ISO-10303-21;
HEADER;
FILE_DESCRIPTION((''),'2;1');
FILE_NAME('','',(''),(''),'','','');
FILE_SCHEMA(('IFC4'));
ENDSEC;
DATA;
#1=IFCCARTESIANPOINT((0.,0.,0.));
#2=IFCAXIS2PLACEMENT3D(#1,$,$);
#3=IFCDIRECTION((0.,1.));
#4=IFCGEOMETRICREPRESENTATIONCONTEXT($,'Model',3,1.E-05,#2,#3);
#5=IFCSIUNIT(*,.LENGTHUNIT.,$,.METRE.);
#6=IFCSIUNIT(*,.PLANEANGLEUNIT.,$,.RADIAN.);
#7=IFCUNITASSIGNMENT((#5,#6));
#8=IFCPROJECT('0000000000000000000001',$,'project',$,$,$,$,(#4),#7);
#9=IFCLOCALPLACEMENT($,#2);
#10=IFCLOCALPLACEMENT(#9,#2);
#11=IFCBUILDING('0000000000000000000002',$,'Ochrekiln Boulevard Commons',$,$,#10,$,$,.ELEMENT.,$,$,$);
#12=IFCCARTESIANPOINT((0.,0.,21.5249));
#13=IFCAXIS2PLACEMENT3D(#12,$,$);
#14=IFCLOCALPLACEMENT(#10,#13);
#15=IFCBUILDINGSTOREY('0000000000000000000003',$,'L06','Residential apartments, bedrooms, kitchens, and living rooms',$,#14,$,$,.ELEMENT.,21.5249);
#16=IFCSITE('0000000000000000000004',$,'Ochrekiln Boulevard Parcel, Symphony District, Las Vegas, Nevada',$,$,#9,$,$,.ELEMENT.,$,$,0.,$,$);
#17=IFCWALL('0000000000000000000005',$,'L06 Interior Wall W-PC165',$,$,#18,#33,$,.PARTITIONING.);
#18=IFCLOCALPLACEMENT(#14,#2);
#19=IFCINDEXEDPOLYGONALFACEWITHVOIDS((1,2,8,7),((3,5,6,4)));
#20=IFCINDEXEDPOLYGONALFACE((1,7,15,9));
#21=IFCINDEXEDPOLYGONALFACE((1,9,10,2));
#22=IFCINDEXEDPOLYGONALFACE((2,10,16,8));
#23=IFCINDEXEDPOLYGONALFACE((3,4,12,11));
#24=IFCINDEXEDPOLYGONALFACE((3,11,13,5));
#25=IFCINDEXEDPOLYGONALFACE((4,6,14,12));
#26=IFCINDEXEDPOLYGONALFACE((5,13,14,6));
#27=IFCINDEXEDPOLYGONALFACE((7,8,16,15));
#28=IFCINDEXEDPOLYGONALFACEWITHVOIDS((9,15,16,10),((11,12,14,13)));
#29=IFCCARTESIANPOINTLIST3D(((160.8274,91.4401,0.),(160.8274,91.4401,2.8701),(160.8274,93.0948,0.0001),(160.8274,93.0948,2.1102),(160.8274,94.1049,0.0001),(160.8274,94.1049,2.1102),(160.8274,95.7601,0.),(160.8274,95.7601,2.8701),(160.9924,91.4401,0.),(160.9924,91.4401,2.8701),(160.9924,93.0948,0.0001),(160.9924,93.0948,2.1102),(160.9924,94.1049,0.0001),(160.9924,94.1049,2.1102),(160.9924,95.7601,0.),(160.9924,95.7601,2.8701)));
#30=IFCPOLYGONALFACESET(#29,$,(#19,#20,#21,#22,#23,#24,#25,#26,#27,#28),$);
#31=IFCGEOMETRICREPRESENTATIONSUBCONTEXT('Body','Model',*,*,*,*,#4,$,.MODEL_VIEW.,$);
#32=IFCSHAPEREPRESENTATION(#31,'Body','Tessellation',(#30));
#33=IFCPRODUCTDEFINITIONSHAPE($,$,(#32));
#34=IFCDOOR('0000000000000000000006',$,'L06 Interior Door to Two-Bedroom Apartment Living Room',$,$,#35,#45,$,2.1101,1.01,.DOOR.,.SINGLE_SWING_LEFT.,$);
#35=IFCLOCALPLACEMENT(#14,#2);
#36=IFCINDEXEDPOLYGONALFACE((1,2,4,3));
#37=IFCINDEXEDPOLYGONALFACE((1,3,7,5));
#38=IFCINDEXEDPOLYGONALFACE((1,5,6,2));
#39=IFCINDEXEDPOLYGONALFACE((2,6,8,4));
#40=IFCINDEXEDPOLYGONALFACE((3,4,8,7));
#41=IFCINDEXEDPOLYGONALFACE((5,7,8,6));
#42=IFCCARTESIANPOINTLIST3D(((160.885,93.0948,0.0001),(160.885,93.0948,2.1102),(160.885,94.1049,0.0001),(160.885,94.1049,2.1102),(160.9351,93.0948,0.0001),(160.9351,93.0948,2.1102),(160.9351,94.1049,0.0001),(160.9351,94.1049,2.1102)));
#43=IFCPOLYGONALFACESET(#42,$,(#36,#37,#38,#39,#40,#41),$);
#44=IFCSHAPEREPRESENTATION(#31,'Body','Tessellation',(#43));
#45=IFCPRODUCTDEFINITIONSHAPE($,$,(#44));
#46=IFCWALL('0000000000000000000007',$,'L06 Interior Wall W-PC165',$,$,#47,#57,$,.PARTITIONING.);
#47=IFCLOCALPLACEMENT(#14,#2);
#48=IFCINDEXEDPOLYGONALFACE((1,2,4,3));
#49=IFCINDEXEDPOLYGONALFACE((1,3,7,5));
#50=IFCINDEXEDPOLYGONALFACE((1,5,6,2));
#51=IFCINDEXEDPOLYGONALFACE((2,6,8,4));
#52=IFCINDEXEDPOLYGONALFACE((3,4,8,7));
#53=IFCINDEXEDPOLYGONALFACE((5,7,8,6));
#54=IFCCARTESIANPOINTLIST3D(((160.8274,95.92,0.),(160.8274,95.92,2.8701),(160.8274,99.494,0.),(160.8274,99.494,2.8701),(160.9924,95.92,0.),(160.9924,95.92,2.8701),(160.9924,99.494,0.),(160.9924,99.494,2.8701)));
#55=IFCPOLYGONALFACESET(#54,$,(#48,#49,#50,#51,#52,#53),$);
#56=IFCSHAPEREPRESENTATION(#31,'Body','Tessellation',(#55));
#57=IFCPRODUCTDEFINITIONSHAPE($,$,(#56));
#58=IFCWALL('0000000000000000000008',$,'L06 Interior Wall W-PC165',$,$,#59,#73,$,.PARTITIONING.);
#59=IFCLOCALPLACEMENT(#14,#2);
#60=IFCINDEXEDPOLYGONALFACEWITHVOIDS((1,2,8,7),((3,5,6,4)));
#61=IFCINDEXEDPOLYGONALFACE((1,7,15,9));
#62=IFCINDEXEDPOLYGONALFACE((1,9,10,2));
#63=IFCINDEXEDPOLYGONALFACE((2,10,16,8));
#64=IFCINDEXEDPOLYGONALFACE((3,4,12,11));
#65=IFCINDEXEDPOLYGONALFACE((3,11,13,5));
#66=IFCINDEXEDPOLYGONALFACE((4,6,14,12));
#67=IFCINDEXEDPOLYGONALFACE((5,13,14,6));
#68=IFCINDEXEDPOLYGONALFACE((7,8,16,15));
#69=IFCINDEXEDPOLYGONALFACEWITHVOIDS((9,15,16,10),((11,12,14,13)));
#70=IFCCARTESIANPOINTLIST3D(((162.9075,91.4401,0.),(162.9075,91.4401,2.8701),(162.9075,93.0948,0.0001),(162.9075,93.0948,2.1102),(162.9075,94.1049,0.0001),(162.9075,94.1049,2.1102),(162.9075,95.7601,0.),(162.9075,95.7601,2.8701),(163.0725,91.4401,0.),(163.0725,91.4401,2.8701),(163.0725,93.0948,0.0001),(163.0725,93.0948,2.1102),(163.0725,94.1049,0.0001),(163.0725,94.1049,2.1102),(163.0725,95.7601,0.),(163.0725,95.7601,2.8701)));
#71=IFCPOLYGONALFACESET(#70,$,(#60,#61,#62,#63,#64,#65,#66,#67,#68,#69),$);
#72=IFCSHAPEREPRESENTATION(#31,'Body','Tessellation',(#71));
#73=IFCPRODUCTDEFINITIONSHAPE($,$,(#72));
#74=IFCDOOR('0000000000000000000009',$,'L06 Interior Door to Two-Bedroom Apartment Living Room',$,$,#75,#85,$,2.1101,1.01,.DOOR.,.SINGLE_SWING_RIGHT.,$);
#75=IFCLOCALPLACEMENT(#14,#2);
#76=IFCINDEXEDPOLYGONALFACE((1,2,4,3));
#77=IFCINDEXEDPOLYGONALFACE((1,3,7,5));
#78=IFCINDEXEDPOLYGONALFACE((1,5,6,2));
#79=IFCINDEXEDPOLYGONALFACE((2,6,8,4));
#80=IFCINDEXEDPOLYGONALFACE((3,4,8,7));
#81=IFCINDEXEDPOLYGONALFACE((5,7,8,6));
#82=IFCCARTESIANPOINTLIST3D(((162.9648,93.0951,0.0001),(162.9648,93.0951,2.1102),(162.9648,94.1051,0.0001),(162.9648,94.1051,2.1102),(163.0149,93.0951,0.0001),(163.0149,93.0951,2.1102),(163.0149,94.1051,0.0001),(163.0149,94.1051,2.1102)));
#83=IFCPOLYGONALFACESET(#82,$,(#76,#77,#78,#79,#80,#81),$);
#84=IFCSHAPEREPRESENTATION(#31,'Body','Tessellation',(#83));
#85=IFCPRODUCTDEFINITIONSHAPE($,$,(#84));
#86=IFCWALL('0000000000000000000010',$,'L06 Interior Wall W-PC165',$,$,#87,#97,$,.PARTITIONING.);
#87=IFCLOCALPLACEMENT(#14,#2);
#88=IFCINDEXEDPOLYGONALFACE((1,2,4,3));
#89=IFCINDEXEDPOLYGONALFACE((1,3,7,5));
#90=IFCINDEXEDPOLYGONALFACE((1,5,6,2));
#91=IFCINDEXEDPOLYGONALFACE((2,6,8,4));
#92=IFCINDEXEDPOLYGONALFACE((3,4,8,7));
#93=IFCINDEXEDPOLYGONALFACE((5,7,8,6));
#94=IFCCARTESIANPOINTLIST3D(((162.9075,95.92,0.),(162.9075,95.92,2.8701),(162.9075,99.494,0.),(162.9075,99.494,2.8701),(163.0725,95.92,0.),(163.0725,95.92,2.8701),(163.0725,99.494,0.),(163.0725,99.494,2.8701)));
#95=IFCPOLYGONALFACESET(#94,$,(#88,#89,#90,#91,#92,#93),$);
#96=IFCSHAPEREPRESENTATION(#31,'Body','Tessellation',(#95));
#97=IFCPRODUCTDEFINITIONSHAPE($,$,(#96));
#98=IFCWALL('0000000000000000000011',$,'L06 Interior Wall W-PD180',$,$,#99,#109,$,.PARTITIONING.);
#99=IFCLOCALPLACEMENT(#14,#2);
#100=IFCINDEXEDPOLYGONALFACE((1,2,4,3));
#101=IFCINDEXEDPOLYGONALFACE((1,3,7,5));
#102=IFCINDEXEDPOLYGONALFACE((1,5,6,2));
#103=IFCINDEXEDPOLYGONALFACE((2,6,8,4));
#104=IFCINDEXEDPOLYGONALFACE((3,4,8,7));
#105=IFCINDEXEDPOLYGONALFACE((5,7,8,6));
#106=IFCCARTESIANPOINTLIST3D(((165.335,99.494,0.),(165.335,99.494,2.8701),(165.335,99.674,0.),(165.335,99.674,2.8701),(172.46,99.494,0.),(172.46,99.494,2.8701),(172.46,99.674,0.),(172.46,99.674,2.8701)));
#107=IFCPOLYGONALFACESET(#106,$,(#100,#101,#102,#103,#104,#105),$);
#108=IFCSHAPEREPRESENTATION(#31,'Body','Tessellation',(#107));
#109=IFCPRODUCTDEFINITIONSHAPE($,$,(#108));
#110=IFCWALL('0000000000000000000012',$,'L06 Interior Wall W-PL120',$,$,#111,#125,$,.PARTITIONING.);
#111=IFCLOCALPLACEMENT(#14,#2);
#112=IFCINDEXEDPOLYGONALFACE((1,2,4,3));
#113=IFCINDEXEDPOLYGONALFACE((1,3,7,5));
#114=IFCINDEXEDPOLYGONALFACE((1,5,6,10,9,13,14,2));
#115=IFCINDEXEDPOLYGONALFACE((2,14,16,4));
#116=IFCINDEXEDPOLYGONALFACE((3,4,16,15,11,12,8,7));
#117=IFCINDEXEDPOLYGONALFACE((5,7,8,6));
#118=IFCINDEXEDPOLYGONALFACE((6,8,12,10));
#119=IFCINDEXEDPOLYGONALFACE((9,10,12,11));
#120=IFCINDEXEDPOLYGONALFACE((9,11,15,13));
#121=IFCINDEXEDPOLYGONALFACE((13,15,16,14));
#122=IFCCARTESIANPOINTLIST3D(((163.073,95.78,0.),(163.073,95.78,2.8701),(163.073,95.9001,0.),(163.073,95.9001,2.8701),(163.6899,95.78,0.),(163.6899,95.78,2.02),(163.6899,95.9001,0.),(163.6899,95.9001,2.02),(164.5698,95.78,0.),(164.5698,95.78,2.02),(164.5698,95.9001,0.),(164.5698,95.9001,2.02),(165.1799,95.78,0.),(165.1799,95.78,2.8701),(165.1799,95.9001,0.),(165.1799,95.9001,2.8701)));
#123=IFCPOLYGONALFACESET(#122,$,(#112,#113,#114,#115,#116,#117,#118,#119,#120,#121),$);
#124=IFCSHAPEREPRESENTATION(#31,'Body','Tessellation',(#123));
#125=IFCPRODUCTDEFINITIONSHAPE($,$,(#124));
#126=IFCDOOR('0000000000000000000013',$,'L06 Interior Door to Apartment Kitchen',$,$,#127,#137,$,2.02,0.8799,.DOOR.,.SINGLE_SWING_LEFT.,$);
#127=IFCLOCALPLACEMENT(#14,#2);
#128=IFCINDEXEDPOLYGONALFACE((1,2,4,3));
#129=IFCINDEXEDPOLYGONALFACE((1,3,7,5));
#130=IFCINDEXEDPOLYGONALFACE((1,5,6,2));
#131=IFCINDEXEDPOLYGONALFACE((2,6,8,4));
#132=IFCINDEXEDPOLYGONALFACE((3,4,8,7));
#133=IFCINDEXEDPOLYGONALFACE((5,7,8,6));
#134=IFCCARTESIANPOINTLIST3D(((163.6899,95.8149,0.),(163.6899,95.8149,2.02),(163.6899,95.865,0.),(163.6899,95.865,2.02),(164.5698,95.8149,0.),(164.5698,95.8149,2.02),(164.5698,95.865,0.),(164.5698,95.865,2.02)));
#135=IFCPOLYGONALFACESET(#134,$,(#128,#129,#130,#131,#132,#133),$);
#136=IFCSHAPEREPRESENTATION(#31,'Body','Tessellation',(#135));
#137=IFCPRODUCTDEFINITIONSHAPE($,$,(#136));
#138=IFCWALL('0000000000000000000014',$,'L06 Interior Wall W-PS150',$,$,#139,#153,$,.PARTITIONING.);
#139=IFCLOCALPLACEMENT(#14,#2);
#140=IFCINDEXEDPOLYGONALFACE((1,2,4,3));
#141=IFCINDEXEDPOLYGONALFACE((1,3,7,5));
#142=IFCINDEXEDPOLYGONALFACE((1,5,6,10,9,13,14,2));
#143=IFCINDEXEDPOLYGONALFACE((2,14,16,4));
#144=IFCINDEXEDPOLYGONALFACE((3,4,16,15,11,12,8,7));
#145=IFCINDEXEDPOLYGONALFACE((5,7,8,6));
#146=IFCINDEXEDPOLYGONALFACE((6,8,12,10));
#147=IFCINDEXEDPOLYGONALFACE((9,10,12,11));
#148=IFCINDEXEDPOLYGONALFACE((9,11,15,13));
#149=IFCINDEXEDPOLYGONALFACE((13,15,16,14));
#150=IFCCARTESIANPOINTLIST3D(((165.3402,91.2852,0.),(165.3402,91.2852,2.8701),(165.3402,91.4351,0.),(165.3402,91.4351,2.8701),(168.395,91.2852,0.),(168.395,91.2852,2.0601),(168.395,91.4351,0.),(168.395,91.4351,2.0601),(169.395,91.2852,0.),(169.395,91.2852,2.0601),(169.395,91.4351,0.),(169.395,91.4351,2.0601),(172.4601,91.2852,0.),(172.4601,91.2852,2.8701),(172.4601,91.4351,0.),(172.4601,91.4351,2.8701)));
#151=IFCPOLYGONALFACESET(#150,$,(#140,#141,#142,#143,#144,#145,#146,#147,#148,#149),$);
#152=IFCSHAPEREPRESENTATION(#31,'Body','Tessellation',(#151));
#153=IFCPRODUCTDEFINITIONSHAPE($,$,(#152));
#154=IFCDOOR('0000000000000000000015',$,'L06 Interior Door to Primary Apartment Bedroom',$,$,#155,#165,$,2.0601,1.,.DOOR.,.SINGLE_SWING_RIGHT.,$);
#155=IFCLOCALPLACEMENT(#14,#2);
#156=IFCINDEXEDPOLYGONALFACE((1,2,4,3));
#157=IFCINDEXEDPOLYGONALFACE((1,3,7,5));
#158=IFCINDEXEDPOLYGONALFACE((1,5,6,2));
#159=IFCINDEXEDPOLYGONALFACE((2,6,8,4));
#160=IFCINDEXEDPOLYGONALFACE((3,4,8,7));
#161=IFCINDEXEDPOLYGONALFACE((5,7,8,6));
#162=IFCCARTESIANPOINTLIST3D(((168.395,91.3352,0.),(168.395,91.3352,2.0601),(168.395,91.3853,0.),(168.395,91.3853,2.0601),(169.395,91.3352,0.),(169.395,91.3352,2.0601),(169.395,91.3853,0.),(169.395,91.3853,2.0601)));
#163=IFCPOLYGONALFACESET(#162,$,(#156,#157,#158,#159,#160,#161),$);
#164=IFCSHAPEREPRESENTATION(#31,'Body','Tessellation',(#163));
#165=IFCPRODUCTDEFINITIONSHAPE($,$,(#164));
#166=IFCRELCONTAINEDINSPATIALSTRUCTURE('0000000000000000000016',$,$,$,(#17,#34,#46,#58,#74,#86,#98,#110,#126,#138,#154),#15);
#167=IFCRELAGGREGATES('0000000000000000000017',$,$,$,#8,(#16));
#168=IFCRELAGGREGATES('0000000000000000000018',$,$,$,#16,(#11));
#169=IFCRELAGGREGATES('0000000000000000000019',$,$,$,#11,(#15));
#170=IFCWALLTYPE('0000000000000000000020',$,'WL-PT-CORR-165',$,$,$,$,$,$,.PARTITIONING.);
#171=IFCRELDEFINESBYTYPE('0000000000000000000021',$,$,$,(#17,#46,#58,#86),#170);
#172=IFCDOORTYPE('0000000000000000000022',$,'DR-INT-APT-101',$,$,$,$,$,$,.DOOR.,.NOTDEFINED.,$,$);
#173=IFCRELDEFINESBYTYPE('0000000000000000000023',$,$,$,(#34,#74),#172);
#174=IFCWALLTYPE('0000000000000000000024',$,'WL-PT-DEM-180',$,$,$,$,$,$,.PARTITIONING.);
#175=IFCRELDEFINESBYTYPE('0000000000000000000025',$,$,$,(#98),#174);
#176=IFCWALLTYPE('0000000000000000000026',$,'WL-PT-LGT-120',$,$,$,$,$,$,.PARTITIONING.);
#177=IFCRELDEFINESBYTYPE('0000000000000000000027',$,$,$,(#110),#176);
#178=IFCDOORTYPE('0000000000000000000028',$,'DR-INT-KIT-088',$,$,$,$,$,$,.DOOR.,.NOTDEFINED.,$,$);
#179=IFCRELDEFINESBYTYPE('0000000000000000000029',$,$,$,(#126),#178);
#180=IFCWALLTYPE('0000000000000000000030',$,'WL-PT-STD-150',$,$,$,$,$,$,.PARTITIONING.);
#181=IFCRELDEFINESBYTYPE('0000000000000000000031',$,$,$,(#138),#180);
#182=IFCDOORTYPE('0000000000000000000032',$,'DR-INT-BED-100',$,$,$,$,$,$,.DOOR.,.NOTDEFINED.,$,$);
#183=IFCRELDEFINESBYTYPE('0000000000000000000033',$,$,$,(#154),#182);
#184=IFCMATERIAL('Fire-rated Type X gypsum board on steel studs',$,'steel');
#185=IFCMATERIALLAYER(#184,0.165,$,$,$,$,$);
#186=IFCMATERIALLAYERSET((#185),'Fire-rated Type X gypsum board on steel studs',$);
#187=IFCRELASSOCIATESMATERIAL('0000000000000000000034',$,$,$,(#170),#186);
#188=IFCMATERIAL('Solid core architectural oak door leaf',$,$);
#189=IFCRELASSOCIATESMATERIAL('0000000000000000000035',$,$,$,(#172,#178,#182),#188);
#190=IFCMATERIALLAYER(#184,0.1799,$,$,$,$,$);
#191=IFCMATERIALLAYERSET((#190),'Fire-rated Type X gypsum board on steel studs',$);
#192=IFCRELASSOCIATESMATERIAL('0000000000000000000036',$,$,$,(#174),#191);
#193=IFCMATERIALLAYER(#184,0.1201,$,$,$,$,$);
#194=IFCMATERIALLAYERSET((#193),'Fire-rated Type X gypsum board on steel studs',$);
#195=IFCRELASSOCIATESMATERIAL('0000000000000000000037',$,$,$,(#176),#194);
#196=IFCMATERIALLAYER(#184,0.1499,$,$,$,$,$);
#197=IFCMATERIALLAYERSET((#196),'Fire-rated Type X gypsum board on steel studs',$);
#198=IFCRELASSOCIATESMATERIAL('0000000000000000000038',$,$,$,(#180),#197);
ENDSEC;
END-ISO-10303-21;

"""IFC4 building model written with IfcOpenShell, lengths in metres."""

from ifc_helpers import new_model, si_unit, direction, frame, frame_2d, origin, place, context, subcontext, project, spatial, rectangle, extrude, material, layer, layer_set, type_object, element, fill, save


model = new_model("IFC4")

# Units and contexts
model_context = context("Model", 3, precision=1e-05, world=origin(), true_north=direction((0.0, 1.0)))
body_context = subcontext(model_context, "Body", "Model", "MODEL_VIEW")
ifc_project = project(units=[si_unit("LENGTHUNIT", "METRE"), si_unit("PLANEANGLEUNIT", "RADIAN")], contexts=[model_context])

# Site, building, storey
site_placement = place(None, origin())
site = spatial("IfcSite", under=ifc_project, at=site_placement, Name="Ochrekiln Boulevard Parcel, Symphony District, Las Vegas, Nevada", CompositionType="ELEMENT", RefElevation=0.0)
building_placement = place(site_placement, origin())
building = spatial("IfcBuilding", under=site, at=building_placement, Name="Ochrekiln Boulevard Commons", CompositionType="ELEMENT")
storey_placement = place(building_placement, frame((0.0, 0.0, 21.5249)))
storey = spatial("IfcBuildingStorey", under=building, at=storey_placement, Name="L06", Description="Residential apartments, bedrooms, kitchens, and living rooms", CompositionType="ELEMENT", Elevation=21.5249)

# Shared definitions
ifc_material_1 = material(Name="Solid core architectural oak door leaf")

# Wall, opening, door
ifc_material_2 = material(Name="Fire-rated Type X gypsum board on steel studs", Category="steel")
ifc_layer_1 = layer(ifc_material_2, 0.165)
ifc_layer_set_1 = layer_set([ifc_layer_1], Name="Fire-rated Type X gypsum board on steel studs")
wall_type_1 = type_object("IfcWallType", Name="WL-PT-CORR-165", PredefinedType="PARTITIONING", material=ifc_layer_set_1)
wall_1_placement = place(storey_placement, frame((160.9099, 91.4399, 0.0), z_axis=(0.0, 0.0, 1.0), x_axis=(0.0, 1.0, 0.0)))
wall_1 = element("IfcWall", 1, at=wall_1_placement, inside=storey, type_object=wall_type_1, Name="L06 Interior Wall W-PC165", PredefinedType="PARTITIONING", context=body_context, shape_type="SweptSolid", body=[
    extrude(rectangle(XDim=4.3201, YDim=0.165, at=frame_2d((2.1602, 0.0))), origin(), (0.0, 0.0, 1.0), 2.8701),
])
opening_1_placement = place(wall_1_placement, frame((1.655, 0.0, 0.0)))
opening_1 = element("IfcOpeningElement", 2, at=opening_1_placement, cuts=wall_1, PredefinedType="OPENING", context=body_context, shape_type="SweptSolid", body=[
    extrude(rectangle(XDim=1.01, YDim=2.1101, at=frame_2d((0.5049, 1.0552))), frame((0.0, 0.0925, 0.0), z_axis=(0.0, -1.0, 0.0), x_axis=(1.0, 0.0, 0.0)), (0.0, 0.0, 1.0), 0.1851),
])
door_type_1 = type_object("IfcDoorType", Name="DR-INT-APT-101", OperationType="NOTDEFINED", PredefinedType="DOOR", material=ifc_material_1)
door_1_placement = place(opening_1_placement, origin())
door_1 = element("IfcDoor", 3, at=door_1_placement, inside=storey, type_object=door_type_1, Name="L06 Interior Door to Two-Bedroom Apartment Living Room", OperationType="SINGLE_SWING_LEFT", OverallHeight=2.1101, OverallWidth=1.01, PredefinedType="DOOR", context=body_context, shape_type="SweptSolid", body=[
    extrude(rectangle(XDim=1.01, YDim=2.1101, at=frame_2d((0.5049, 1.0552))), frame((0.0, 0.0249, 0.0), z_axis=(0.0, -1.0, 0.0), x_axis=(1.0, 0.0, 0.0)), (0.0, 0.0, 1.0), 0.05),
])
fill(opening_1, door_1)

# Wall
wall_2_placement = place(storey_placement, frame((160.9099, 95.9199, 0.0), z_axis=(0.0, 0.0, 1.0), x_axis=(0.0, 1.0, 0.0)))
element("IfcWall", 4, at=wall_2_placement, inside=storey, type_object=wall_type_1, Name="L06 Interior Wall W-PC165", PredefinedType="PARTITIONING", context=body_context, shape_type="SweptSolid", body=[
    extrude(rectangle(XDim=3.574, YDim=0.165, at=frame_2d((1.7871, 0.0))), origin(), (0.0, 0.0, 1.0), 2.8701),
])

# Wall, opening, door
wall_3_placement = place(storey_placement, frame((162.99, 91.4399, 0.0), z_axis=(0.0, 0.0, 1.0), x_axis=(0.0, 1.0, 0.0)))
wall_3 = element("IfcWall", 5, at=wall_3_placement, inside=storey, type_object=wall_type_1, Name="L06 Interior Wall W-PC165", PredefinedType="PARTITIONING", context=body_context, shape_type="SweptSolid", body=[
    extrude(rectangle(XDim=4.3201, YDim=0.165, at=frame_2d((2.1602, 0.0))), origin(), (0.0, 0.0, 1.0), 2.8701),
])
opening_2_placement = place(wall_3_placement, frame((1.655, 0.0, 0.0)))
opening_2 = element("IfcOpeningElement", 6, at=opening_2_placement, cuts=wall_3, PredefinedType="OPENING", context=body_context, shape_type="SweptSolid", body=[
    extrude(rectangle(XDim=1.01, YDim=2.1101, at=frame_2d((0.5049, 1.0552))), frame((0.0, 0.0925, 0.0), z_axis=(0.0, -1.0, 0.0), x_axis=(1.0, 0.0, 0.0)), (0.0, 0.0, 1.0), 0.1851),
])
door_2_placement = place(opening_2_placement, frame((1.01, 0.0, 0.0), z_axis=(0.0, 0.0, 1.0), x_axis=(-1.0, 0.0, 0.0)))
door_2 = element("IfcDoor", 7, at=door_2_placement, inside=storey, type_object=door_type_1, Name="L06 Interior Door to Two-Bedroom Apartment Living Room", OperationType="SINGLE_SWING_RIGHT", OverallHeight=2.1101, OverallWidth=1.01, PredefinedType="DOOR", context=body_context, shape_type="SweptSolid", body=[
    extrude(rectangle(XDim=1.01, YDim=2.1101, at=frame_2d((0.5049, 1.0552))), frame((0.0, 0.0249, 0.0), z_axis=(0.0, -1.0, 0.0), x_axis=(1.0, 0.0, 0.0)), (0.0, 0.0, 1.0), 0.05),
])
fill(opening_2, door_2)

# Walls
wall_4_placement = place(storey_placement, frame((162.99, 95.9199, 0.0), z_axis=(0.0, 0.0, 1.0), x_axis=(0.0, 1.0, 0.0)))
element("IfcWall", 8, at=wall_4_placement, inside=storey, type_object=wall_type_1, Name="L06 Interior Wall W-PC165", PredefinedType="PARTITIONING", context=body_context, shape_type="SweptSolid", body=[
    extrude(rectangle(XDim=3.574, YDim=0.165, at=frame_2d((1.7871, 0.0))), origin(), (0.0, 0.0, 1.0), 2.8701),
])
ifc_layer_2 = layer(ifc_material_2, 0.1799)
ifc_layer_set_2 = layer_set([ifc_layer_2], Name="Fire-rated Type X gypsum board on steel studs")
wall_type_2 = type_object("IfcWallType", Name="WL-PT-DEM-180", PredefinedType="PARTITIONING", material=ifc_layer_set_2)
wall_5_placement = place(storey_placement, frame((165.335, 99.584, 0.0), z_axis=(0.0, 0.0, 1.0), x_axis=(1.0, 0.0, 0.0)))
element("IfcWall", 9, at=wall_5_placement, inside=storey, type_object=wall_type_2, Name="L06 Interior Wall W-PD180", PredefinedType="PARTITIONING", context=body_context, shape_type="SweptSolid", body=[
    extrude(rectangle(XDim=7.125, YDim=0.1799, at=frame_2d((3.5625, 0.0))), origin(), (0.0, 0.0, 1.0), 2.8701),
])

# Walls, openings, doors
ifc_layer_3 = layer(ifc_material_2, 0.1201)
ifc_layer_set_3 = layer_set([ifc_layer_3], Name="Fire-rated Type X gypsum board on steel studs")
wall_type_3 = type_object("IfcWallType", Name="WL-PT-LGT-120", PredefinedType="PARTITIONING", material=ifc_layer_set_3)
wall_6_placement = place(storey_placement, frame((163.073, 95.8401, 0.0), z_axis=(0.0, 0.0, 1.0), x_axis=(1.0, 0.0, 0.0)))
wall_6 = element("IfcWall", 10, at=wall_6_placement, inside=storey, type_object=wall_type_3, Name="L06 Interior Wall W-PL120", PredefinedType="PARTITIONING", context=body_context, shape_type="SweptSolid", body=[
    extrude(rectangle(XDim=2.1069, YDim=0.1201, at=frame_2d((1.0535, 0.0))), origin(), (0.0, 0.0, 1.0), 2.8701),
])
opening_3_placement = place(wall_6_placement, frame((0.6169, 0.0, 0.0)))
opening_3 = element("IfcOpeningElement", 11, at=opening_3_placement, cuts=wall_6, PredefinedType="OPENING", context=body_context, shape_type="SweptSolid", body=[
    extrude(rectangle(XDim=0.8799, YDim=2.02, at=frame_2d((0.4399, 1.01))), frame((0.0, 0.0701, 0.0), z_axis=(0.0, -1.0, 0.0), x_axis=(1.0, 0.0, 0.0)), (0.0, 0.0, 1.0), 0.1401),
])
door_type_2 = type_object("IfcDoorType", Name="DR-INT-KIT-088", OperationType="NOTDEFINED", PredefinedType="DOOR", material=ifc_material_1)
door_3_placement = place(opening_3_placement, origin())
door_3 = element("IfcDoor", 12, at=door_3_placement, inside=storey, type_object=door_type_2, Name="L06 Interior Door to Apartment Kitchen", OperationType="SINGLE_SWING_LEFT", OverallHeight=2.02, OverallWidth=0.8799, PredefinedType="DOOR", context=body_context, shape_type="SweptSolid", body=[
    extrude(rectangle(XDim=0.8799, YDim=2.02, at=frame_2d((0.4399, 1.01))), frame((0.0, 0.0249, 0.0), z_axis=(0.0, -1.0, 0.0), x_axis=(1.0, 0.0, 0.0)), (0.0, 0.0, 1.0), 0.05),
])
fill(opening_3, door_3)
ifc_layer_4 = layer(ifc_material_2, 0.1499)
ifc_layer_set_4 = layer_set([ifc_layer_4], Name="Fire-rated Type X gypsum board on steel studs")
wall_type_4 = type_object("IfcWallType", Name="WL-PT-STD-150", PredefinedType="PARTITIONING", material=ifc_layer_set_4)
wall_7_placement = place(storey_placement, frame((165.3401, 91.3601, 0.0), z_axis=(0.0, 0.0, 1.0), x_axis=(1.0, 0.0, 0.0)))
wall_7 = element("IfcWall", 13, at=wall_7_placement, inside=storey, type_object=wall_type_4, Name="L06 Interior Wall W-PS150", PredefinedType="PARTITIONING", context=body_context, shape_type="SweptSolid", body=[
    extrude(rectangle(XDim=7.1199, YDim=0.1499, at=frame_2d((3.5601, 0.0))), origin(), (0.0, 0.0, 1.0), 2.8701),
])
opening_4_placement = place(wall_7_placement, frame((3.0549, 0.0, 0.0)))
opening_4 = element("IfcOpeningElement", 14, at=opening_4_placement, cuts=wall_7, PredefinedType="OPENING", context=body_context, shape_type="SweptSolid", body=[
    extrude(rectangle(XDim=1.0, YDim=2.0601, at=frame_2d((0.5, 1.03))), frame((0.0, 0.085, 0.0), z_axis=(0.0, -1.0, 0.0), x_axis=(1.0, 0.0, 0.0)), (0.0, 0.0, 1.0), 0.1699),
])
door_type_3 = type_object("IfcDoorType", Name="DR-INT-BED-100", OperationType="NOTDEFINED", PredefinedType="DOOR", material=ifc_material_1)
door_4_placement = place(opening_4_placement, frame((1.0, 0.0, 0.0), z_axis=(0.0, 0.0, 1.0), x_axis=(-1.0, 0.0, 0.0)))
door_4 = element("IfcDoor", 15, at=door_4_placement, inside=storey, type_object=door_type_3, Name="L06 Interior Door to Primary Apartment Bedroom", OperationType="SINGLE_SWING_RIGHT", OverallHeight=2.0601, OverallWidth=1.0, PredefinedType="DOOR", context=body_context, shape_type="SweptSolid", body=[
    extrude(rectangle(XDim=1.0, YDim=2.0601, at=frame_2d((0.5, 1.03))), frame((0.0, 0.0249, 0.0), z_axis=(0.0, -1.0, 0.0), x_axis=(1.0, 0.0, 0.0)), (0.0, 0.0, 1.0), 0.05),
])
fill(opening_4, door_4)

save(model, "model.ifc")
